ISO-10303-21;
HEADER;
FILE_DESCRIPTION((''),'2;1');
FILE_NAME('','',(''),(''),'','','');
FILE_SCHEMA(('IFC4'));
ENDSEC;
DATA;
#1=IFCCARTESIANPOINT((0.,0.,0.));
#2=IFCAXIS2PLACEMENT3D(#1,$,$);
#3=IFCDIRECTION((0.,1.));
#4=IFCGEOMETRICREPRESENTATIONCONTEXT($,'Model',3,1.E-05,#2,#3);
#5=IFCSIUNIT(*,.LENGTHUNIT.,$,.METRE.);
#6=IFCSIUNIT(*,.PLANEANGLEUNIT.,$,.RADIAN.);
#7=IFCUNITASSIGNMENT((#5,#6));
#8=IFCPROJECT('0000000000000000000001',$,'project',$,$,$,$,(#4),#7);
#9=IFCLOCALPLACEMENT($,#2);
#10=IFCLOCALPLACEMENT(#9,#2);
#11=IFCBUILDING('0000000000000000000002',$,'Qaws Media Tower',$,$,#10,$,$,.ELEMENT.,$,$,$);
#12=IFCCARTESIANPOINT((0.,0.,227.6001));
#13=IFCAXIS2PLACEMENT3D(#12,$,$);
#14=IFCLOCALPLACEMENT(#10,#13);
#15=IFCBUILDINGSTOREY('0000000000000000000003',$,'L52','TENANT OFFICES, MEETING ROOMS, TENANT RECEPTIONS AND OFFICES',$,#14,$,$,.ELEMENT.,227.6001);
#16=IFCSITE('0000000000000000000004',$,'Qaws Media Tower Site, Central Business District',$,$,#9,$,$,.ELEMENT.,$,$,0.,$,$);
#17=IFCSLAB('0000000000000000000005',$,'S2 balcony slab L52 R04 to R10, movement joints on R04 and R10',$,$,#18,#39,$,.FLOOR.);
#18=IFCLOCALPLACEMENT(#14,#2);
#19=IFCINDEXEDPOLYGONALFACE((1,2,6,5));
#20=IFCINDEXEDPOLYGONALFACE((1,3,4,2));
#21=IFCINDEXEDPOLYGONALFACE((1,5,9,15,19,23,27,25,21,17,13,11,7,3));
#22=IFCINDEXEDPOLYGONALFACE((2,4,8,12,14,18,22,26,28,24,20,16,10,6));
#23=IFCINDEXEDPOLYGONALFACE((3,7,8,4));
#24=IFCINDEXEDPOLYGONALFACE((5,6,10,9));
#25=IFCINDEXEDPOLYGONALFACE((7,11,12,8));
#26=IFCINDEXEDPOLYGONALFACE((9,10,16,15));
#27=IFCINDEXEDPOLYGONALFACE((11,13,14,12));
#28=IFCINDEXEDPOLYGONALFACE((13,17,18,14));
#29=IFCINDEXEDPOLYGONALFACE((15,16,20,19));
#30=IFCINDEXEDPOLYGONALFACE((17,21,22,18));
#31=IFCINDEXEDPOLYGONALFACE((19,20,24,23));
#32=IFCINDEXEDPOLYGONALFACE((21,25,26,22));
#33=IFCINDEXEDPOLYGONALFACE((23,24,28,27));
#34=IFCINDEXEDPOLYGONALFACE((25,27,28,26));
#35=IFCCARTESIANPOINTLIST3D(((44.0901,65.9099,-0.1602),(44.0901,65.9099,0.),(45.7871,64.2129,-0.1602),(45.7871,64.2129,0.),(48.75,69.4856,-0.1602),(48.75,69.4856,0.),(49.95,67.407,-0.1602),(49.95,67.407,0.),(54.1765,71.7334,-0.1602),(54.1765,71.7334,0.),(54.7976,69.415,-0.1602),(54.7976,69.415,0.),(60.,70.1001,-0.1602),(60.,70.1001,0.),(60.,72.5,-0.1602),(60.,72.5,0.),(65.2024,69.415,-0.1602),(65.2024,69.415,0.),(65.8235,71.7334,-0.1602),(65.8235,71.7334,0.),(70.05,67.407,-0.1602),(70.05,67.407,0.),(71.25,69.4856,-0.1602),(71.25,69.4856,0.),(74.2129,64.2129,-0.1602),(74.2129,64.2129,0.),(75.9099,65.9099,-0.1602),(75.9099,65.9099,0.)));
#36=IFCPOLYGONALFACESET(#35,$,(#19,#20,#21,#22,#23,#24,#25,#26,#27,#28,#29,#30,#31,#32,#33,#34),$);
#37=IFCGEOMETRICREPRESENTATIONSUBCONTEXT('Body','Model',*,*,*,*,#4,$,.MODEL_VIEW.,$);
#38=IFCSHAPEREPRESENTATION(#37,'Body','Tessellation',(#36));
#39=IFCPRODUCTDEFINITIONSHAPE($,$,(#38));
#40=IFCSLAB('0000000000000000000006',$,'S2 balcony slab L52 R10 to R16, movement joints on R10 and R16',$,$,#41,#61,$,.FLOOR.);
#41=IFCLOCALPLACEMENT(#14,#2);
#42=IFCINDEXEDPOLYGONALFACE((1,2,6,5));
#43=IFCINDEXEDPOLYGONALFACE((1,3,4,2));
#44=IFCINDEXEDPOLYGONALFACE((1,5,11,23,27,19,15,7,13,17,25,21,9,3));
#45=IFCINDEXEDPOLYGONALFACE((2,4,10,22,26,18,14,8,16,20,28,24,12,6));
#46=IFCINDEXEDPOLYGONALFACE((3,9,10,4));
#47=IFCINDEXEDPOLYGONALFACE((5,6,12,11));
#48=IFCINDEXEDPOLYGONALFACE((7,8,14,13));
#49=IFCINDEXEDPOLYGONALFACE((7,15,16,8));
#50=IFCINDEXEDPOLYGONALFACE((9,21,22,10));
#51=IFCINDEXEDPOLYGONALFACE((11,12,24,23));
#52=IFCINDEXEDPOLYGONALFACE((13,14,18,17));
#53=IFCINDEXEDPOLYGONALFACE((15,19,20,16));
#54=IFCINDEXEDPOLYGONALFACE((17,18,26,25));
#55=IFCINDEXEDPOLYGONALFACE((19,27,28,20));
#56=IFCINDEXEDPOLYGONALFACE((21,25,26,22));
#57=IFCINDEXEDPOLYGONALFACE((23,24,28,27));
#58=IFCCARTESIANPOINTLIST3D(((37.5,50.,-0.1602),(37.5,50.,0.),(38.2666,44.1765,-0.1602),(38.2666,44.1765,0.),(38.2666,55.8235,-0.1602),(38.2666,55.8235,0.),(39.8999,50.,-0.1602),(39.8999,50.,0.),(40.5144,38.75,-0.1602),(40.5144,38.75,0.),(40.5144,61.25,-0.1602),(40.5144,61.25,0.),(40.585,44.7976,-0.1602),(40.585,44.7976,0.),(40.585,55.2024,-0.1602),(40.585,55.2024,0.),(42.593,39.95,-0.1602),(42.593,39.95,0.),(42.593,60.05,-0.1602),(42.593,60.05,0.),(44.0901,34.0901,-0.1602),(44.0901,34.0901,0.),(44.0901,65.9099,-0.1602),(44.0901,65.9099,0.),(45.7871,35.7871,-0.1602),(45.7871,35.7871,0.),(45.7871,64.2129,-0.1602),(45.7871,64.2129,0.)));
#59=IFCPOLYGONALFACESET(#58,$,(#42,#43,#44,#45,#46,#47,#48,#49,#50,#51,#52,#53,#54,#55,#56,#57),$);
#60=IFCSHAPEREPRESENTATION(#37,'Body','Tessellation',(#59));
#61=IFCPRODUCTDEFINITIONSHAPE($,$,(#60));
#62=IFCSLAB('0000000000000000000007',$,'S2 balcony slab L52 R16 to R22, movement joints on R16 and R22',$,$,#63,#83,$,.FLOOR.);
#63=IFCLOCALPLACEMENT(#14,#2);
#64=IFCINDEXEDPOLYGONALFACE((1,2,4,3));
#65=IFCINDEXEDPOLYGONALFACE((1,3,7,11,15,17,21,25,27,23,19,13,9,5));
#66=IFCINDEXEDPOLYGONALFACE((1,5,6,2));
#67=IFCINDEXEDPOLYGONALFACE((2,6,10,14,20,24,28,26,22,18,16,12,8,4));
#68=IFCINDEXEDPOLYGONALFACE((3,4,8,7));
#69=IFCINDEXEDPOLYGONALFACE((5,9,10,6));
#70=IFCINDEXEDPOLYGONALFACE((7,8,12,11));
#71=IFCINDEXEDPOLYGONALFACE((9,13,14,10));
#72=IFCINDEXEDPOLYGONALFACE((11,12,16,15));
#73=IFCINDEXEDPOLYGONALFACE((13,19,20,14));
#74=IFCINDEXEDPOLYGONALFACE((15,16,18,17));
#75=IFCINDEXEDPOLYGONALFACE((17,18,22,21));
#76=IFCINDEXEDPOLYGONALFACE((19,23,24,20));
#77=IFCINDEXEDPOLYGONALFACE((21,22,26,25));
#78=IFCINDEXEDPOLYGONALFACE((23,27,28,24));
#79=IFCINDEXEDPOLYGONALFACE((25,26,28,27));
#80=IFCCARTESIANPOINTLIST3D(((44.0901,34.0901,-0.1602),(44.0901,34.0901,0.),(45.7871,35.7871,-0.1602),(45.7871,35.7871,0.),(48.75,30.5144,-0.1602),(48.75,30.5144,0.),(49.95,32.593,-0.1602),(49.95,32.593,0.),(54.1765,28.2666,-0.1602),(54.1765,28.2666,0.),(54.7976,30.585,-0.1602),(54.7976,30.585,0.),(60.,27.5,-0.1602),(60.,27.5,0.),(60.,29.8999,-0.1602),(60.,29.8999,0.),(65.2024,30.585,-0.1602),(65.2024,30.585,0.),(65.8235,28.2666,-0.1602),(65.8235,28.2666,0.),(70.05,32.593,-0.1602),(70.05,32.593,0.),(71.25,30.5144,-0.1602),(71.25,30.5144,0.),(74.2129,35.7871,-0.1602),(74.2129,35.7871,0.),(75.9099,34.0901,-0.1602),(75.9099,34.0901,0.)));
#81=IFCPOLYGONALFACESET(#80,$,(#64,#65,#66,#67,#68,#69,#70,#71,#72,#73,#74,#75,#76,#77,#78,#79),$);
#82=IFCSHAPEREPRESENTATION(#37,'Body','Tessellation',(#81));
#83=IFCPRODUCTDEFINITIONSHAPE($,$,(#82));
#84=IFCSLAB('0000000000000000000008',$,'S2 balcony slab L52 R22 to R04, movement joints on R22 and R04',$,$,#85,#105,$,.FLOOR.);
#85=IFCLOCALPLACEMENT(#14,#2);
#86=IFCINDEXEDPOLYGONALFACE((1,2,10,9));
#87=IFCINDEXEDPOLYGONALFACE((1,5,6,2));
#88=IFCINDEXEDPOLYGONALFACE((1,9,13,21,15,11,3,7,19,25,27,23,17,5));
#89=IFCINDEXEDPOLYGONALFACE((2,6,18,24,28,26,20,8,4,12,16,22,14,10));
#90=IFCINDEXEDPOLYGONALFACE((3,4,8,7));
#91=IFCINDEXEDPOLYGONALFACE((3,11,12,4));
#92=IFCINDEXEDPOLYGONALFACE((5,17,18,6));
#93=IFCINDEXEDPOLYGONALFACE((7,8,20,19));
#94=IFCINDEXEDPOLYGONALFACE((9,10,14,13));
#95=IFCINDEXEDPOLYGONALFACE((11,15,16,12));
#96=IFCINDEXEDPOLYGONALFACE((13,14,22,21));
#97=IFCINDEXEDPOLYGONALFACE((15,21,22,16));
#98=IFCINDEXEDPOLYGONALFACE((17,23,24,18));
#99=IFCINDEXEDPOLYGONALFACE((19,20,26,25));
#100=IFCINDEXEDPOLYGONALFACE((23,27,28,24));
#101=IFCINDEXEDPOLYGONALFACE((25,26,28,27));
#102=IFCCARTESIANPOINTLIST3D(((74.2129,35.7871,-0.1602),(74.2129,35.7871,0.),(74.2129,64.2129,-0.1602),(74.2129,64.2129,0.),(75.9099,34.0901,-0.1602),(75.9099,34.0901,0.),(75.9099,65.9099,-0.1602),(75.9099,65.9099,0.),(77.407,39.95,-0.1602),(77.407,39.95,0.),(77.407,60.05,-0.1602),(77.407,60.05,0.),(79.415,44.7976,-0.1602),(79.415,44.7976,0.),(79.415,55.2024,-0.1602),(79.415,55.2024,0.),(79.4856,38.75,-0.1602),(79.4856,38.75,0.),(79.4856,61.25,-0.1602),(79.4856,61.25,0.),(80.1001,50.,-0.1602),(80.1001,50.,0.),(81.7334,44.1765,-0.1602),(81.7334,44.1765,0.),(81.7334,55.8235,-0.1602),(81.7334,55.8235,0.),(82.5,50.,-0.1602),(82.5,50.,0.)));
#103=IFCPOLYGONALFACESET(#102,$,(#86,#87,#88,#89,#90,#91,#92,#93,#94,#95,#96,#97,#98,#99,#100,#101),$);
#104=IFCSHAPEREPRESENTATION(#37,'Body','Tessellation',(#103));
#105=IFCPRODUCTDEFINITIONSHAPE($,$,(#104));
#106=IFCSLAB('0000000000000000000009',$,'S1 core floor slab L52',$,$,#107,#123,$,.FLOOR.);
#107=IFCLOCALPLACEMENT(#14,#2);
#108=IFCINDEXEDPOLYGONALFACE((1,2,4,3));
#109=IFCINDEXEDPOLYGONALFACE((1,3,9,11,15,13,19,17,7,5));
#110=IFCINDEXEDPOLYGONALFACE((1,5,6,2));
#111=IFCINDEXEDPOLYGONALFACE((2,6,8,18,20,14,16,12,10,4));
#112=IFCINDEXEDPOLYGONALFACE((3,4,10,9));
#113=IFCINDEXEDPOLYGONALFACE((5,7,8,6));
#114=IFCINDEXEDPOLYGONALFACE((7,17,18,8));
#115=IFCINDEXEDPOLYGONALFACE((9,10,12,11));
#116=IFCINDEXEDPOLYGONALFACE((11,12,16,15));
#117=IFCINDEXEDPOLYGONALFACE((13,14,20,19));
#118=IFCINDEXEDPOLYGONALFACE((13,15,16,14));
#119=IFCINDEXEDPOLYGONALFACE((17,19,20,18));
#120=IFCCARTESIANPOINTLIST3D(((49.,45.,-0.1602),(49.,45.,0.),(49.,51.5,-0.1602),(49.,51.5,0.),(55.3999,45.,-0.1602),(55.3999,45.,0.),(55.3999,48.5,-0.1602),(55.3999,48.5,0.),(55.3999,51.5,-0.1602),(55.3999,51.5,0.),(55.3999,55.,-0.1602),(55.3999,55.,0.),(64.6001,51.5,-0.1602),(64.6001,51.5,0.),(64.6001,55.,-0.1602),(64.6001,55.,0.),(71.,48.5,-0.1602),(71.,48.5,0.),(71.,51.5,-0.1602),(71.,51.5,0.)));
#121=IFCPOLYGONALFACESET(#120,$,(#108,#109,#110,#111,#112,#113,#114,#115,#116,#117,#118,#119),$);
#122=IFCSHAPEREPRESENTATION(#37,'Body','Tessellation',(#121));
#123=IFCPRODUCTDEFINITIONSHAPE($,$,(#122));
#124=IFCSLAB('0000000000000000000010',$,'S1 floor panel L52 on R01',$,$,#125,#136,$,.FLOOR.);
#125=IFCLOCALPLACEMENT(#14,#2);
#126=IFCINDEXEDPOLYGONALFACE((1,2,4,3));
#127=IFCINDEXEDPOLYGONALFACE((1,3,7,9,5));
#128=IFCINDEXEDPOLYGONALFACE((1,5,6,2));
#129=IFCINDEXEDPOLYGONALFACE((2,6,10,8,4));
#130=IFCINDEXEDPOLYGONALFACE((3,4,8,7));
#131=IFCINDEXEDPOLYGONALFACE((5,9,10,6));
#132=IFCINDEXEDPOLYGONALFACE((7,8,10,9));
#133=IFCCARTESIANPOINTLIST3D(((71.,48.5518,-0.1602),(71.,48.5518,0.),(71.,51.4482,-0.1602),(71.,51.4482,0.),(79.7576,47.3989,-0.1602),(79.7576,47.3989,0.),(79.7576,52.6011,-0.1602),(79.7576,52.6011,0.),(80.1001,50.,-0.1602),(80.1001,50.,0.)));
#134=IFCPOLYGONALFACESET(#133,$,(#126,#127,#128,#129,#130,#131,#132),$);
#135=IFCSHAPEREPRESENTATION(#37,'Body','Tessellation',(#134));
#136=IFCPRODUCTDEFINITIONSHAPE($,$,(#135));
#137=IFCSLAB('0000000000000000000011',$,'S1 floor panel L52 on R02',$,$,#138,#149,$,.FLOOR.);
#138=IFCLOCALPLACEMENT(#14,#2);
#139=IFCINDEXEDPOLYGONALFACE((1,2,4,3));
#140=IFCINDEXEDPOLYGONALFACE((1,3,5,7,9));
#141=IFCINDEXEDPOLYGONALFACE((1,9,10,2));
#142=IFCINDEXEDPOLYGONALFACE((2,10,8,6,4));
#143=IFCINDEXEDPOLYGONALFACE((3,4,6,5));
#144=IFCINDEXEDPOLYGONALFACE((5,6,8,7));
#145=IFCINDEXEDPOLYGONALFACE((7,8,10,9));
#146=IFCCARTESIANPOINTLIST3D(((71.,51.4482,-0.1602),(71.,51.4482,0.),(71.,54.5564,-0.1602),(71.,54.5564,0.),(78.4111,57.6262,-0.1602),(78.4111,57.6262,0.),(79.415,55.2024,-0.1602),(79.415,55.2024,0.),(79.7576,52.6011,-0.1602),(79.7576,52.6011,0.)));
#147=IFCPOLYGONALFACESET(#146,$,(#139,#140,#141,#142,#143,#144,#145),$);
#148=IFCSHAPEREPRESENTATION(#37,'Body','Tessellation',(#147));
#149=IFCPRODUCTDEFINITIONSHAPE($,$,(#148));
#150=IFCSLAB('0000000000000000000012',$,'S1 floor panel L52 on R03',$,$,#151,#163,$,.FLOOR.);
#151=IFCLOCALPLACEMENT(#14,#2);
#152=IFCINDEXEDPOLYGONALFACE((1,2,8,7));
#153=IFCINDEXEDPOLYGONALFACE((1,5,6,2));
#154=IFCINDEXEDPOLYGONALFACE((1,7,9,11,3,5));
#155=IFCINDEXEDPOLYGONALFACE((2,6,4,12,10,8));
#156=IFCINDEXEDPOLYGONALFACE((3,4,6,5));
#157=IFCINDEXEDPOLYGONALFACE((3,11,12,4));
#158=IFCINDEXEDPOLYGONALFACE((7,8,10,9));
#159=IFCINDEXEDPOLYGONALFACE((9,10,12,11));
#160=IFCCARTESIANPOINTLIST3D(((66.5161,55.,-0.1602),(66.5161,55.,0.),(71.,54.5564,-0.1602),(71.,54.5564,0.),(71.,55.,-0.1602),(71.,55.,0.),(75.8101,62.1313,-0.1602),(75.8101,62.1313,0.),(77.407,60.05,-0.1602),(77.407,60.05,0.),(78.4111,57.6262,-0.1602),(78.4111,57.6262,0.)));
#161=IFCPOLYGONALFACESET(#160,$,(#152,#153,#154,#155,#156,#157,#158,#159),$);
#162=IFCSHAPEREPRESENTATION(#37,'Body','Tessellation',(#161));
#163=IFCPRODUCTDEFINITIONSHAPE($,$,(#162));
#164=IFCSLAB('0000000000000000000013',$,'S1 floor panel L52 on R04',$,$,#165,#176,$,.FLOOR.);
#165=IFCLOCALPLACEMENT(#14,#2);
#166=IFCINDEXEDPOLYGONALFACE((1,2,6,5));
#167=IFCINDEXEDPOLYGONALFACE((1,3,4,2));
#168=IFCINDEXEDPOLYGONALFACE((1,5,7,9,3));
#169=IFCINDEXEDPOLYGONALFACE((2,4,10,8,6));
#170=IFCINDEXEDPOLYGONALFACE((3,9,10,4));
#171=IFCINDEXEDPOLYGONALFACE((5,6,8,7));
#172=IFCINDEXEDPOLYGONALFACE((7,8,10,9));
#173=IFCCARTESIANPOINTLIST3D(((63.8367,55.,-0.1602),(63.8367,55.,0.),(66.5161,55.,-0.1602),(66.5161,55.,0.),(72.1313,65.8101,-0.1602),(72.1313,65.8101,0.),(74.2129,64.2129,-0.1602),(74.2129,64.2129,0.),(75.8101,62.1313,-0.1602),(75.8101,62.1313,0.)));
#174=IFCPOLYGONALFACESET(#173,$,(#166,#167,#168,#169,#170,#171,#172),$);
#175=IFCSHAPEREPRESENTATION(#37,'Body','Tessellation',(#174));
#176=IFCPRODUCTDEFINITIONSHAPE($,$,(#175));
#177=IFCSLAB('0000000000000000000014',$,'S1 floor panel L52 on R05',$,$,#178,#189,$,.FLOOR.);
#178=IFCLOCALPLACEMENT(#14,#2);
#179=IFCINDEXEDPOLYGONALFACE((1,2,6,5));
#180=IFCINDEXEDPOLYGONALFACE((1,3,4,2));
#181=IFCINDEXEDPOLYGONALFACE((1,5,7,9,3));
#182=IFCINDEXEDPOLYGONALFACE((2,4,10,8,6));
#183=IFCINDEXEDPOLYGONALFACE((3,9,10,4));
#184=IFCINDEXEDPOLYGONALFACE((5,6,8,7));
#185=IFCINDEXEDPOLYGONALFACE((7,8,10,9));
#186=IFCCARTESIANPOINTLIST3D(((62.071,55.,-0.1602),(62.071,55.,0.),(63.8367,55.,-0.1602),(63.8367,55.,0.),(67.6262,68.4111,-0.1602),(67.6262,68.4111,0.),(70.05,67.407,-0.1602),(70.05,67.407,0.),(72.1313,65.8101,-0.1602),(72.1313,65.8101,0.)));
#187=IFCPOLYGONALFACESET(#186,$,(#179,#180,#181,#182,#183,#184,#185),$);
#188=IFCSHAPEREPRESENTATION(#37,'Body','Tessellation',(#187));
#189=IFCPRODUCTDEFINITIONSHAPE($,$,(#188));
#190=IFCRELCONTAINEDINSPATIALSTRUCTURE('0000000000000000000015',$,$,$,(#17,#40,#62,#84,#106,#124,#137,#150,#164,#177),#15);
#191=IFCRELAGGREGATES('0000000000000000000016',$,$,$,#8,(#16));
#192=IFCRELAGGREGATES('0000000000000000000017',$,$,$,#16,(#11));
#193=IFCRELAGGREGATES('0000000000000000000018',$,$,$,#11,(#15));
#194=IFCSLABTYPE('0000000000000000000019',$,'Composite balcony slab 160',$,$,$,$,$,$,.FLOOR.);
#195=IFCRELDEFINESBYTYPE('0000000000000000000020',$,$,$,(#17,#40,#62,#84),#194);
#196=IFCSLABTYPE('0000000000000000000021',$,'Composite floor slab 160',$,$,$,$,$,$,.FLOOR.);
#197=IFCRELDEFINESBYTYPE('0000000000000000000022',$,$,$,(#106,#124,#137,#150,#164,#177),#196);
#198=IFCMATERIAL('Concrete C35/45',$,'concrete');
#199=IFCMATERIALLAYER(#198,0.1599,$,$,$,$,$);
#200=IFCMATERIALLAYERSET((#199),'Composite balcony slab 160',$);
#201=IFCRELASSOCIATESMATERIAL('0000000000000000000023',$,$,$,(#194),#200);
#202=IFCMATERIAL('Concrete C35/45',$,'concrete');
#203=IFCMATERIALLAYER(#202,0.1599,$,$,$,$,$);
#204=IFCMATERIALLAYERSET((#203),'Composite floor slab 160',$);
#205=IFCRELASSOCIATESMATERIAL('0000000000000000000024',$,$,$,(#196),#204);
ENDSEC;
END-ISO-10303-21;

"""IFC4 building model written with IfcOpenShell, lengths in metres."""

from ifc_helpers import new_model, si_unit, direction, frame, origin, place, context, subcontext, project, spatial, polyline, outline, extrude, material, layer, layer_set, type_object, element, save


model = new_model("IFC4")

# Units and contexts
model_context = context("Model", 3, precision=1e-05, world=origin(), true_north=direction((0.0, 1.0)))
body_context = subcontext(model_context, "Body", "Model", "MODEL_VIEW")
ifc_project = project(units=[si_unit("LENGTHUNIT", "METRE"), si_unit("PLANEANGLEUNIT", "RADIAN")], contexts=[model_context])

# Site, building, storey
site_placement = place(None, origin())
site = spatial("IfcSite", under=ifc_project, at=site_placement, Name="Qaws Media Tower Site, Central Business District", CompositionType="ELEMENT", RefElevation=0.0)
building_placement = place(site_placement, origin())
building = spatial("IfcBuilding", under=site, at=building_placement, Name="Qaws Media Tower", CompositionType="ELEMENT")
storey_placement = place(building_placement, frame((0.0, 0.0, 227.6001)))
storey = spatial("IfcBuildingStorey", under=building, at=storey_placement, Name="L52", Description="TENANT OFFICES, MEETING ROOMS, TENANT RECEPTIONS AND OFFICES", CompositionType="ELEMENT", Elevation=227.6001)

# Slabs
ifc_material_1 = material(Name="Concrete C35/45", Category="concrete")
ifc_layer_1 = layer(ifc_material_1, 0.1599)
ifc_layer_set_1 = layer_set([ifc_layer_1], Name="Composite balcony slab 160")
slab_type_1 = type_object("IfcSlabType", Name="Composite balcony slab 160", PredefinedType="FLOOR", material=ifc_layer_set_1)
slab_1_placement = place(storey_placement, frame((0.0, 0.0, -0.1602)))
element("IfcSlab", 1, at=slab_1_placement, inside=storey, type_object=slab_type_1, Name="S2 balcony slab L52 R04 to R10, movement joints on R04 and R10", PredefinedType="FLOOR", context=body_context, shape_type="SweptSolid", body=[
    extrude(outline(polyline([(48.75, 69.4856), (54.1765, 71.7334), (60.0, 72.5), (65.8235, 71.7334), (71.25, 69.4856), (75.9099, 65.9099), (74.2129, 64.2129), (70.05, 67.407), (65.2024, 69.415), (60.0, 70.1001), (54.7976, 69.415), (49.95, 67.407), (45.7871, 64.2129), (44.0901, 65.9099), (48.75, 69.4856)])), origin(), (0.0, 0.0, 1.0), 0.1602),
])
slab_2_placement = place(storey_placement, frame((0.0, 0.0, -0.1602)))
element("IfcSlab", 2, at=slab_2_placement, inside=storey, type_object=slab_type_1, Name="S2 balcony slab L52 R10 to R16, movement joints on R10 and R16", PredefinedType="FLOOR", context=body_context, shape_type="SweptSolid", body=[
    extrude(outline(polyline([(40.5144, 38.75), (38.2666, 44.1765), (37.5, 50.0), (38.2666, 55.8235), (40.5144, 61.25), (44.0901, 65.9099), (45.7871, 64.2129), (42.593, 60.05), (40.585, 55.2024), (39.8999, 50.0), (40.585, 44.7976), (42.593, 39.95), (45.7871, 35.7871), (44.0901, 34.0901), (40.5144, 38.75)])), origin(), (0.0, 0.0, 1.0), 0.1602),
])
slab_3_placement = place(storey_placement, frame((0.0, 0.0, -0.1602)))
element("IfcSlab", 3, at=slab_3_placement, inside=storey, type_object=slab_type_1, Name="S2 balcony slab L52 R16 to R22, movement joints on R16 and R22", PredefinedType="FLOOR", context=body_context, shape_type="SweptSolid", body=[
    extrude(outline(polyline([(71.25, 30.5144), (65.8235, 28.2666), (60.0, 27.5), (54.1765, 28.2666), (48.75, 30.5144), (44.0901, 34.0901), (45.7871, 35.7871), (49.95, 32.593), (54.7976, 30.585), (60.0, 29.8999), (65.2024, 30.585), (70.05, 32.593), (74.2129, 35.7871), (75.9099, 34.0901), (71.25, 30.5144)])), origin(), (0.0, 0.0, 1.0), 0.1602),
])
slab_4_placement = place(storey_placement, frame((0.0, 0.0, -0.1602)))
element("IfcSlab", 4, at=slab_4_placement, inside=storey, type_object=slab_type_1, Name="S2 balcony slab L52 R22 to R04, movement joints on R22 and R04", PredefinedType="FLOOR", context=body_context, shape_type="SweptSolid", body=[
    extrude(outline(polyline([(79.4856, 38.75), (75.9099, 34.0901), (74.2129, 35.7871), (77.407, 39.95), (79.415, 44.7976), (80.1001, 50.0), (79.415, 55.2024), (77.407, 60.05), (74.2129, 64.2129), (75.9099, 65.9099), (79.4856, 61.25), (81.7334, 55.8235), (82.5, 50.0), (81.7334, 44.1765), (79.4856, 38.75)])), origin(), (0.0, 0.0, 1.0), 0.1602),
])
ifc_material_2 = material(Name="Concrete C35/45", Category="concrete")
ifc_layer_2 = layer(ifc_material_2, 0.1599)
ifc_layer_set_2 = layer_set([ifc_layer_2], Name="Composite floor slab 160")
slab_type_2 = type_object("IfcSlabType", Name="Composite floor slab 160", PredefinedType="FLOOR", material=ifc_layer_set_2)
slab_5_placement = place(storey_placement, frame((0.0, 0.0, -0.1602)))
element("IfcSlab", 5, at=slab_5_placement, inside=storey, type_object=slab_type_2, Name="S1 core floor slab L52", PredefinedType="FLOOR", context=body_context, shape_type="SweptSolid", body=[
    extrude(outline(polyline([(71.0, 51.5), (71.0, 48.5), (55.3999, 48.5), (55.3999, 45.0), (49.0, 45.0), (49.0, 51.5), (55.3999, 51.5), (55.3999, 55.0), (64.6001, 55.0), (64.6001, 51.5), (71.0, 51.5)])), origin(), (0.0, 0.0, 1.0), 0.1602),
])
slab_6_placement = place(storey_placement, frame((0.0, 0.0, -0.1602)))
element("IfcSlab", 6, at=slab_6_placement, inside=storey, type_object=slab_type_2, Name="S1 floor panel L52 on R01", PredefinedType="FLOOR", context=body_context, shape_type="SweptSolid", body=[
    extrude(outline(polyline([(80.1001, 50.0), (79.7576, 47.3989), (71.0, 48.5518), (71.0, 51.4482), (79.7576, 52.6011), (80.1001, 50.0)])), origin(), (0.0, 0.0, 1.0), 0.1602),
])
slab_7_placement = place(storey_placement, frame((0.0, 0.0, -0.1602)))
element("IfcSlab", 7, at=slab_7_placement, inside=storey, type_object=slab_type_2, Name="S1 floor panel L52 on R02", PredefinedType="FLOOR", context=body_context, shape_type="SweptSolid", body=[
    extrude(outline(polyline([(79.415, 55.2024), (79.7576, 52.6011), (71.0, 51.4482), (71.0, 54.5564), (78.4111, 57.6262), (79.415, 55.2024)])), origin(), (0.0, 0.0, 1.0), 0.1602),
])
slab_8_placement = place(storey_placement, frame((0.0, 0.0, -0.1602)))
element("IfcSlab", 8, at=slab_8_placement, inside=storey, type_object=slab_type_2, Name="S1 floor panel L52 on R03", PredefinedType="FLOOR", context=body_context, shape_type="SweptSolid", body=[
    extrude(outline(polyline([(77.407, 60.05), (78.4111, 57.6262), (71.0, 54.5564), (71.0, 55.0), (66.5161, 55.0), (75.8101, 62.1313), (77.407, 60.05)])), origin(), (0.0, 0.0, 1.0), 0.1602),
])
slab_9_placement = place(storey_placement, frame((0.0, 0.0, -0.1602)))
element("IfcSlab", 9, at=slab_9_placement, inside=storey, type_object=slab_type_2, Name="S1 floor panel L52 on R04", PredefinedType="FLOOR", context=body_context, shape_type="SweptSolid", body=[
    extrude(outline(polyline([(74.2129, 64.2129), (75.8101, 62.1313), (66.5161, 55.0), (63.8367, 55.0), (72.1313, 65.8101), (74.2129, 64.2129)])), origin(), (0.0, 0.0, 1.0), 0.1602),
])
slab_10_placement = place(storey_placement, frame((0.0, 0.0, -0.1602)))
element("IfcSlab", 10, at=slab_10_placement, inside=storey, type_object=slab_type_2, Name="S1 floor panel L52 on R05", PredefinedType="FLOOR", context=body_context, shape_type="SweptSolid", body=[
    extrude(outline(polyline([(70.05, 67.407), (72.1313, 65.8101), (63.8367, 55.0), (62.071, 55.0), (67.6262, 68.4111), (70.05, 67.407)])), origin(), (0.0, 0.0, 1.0), 0.1602),
])

save(model, "model.ifc")
